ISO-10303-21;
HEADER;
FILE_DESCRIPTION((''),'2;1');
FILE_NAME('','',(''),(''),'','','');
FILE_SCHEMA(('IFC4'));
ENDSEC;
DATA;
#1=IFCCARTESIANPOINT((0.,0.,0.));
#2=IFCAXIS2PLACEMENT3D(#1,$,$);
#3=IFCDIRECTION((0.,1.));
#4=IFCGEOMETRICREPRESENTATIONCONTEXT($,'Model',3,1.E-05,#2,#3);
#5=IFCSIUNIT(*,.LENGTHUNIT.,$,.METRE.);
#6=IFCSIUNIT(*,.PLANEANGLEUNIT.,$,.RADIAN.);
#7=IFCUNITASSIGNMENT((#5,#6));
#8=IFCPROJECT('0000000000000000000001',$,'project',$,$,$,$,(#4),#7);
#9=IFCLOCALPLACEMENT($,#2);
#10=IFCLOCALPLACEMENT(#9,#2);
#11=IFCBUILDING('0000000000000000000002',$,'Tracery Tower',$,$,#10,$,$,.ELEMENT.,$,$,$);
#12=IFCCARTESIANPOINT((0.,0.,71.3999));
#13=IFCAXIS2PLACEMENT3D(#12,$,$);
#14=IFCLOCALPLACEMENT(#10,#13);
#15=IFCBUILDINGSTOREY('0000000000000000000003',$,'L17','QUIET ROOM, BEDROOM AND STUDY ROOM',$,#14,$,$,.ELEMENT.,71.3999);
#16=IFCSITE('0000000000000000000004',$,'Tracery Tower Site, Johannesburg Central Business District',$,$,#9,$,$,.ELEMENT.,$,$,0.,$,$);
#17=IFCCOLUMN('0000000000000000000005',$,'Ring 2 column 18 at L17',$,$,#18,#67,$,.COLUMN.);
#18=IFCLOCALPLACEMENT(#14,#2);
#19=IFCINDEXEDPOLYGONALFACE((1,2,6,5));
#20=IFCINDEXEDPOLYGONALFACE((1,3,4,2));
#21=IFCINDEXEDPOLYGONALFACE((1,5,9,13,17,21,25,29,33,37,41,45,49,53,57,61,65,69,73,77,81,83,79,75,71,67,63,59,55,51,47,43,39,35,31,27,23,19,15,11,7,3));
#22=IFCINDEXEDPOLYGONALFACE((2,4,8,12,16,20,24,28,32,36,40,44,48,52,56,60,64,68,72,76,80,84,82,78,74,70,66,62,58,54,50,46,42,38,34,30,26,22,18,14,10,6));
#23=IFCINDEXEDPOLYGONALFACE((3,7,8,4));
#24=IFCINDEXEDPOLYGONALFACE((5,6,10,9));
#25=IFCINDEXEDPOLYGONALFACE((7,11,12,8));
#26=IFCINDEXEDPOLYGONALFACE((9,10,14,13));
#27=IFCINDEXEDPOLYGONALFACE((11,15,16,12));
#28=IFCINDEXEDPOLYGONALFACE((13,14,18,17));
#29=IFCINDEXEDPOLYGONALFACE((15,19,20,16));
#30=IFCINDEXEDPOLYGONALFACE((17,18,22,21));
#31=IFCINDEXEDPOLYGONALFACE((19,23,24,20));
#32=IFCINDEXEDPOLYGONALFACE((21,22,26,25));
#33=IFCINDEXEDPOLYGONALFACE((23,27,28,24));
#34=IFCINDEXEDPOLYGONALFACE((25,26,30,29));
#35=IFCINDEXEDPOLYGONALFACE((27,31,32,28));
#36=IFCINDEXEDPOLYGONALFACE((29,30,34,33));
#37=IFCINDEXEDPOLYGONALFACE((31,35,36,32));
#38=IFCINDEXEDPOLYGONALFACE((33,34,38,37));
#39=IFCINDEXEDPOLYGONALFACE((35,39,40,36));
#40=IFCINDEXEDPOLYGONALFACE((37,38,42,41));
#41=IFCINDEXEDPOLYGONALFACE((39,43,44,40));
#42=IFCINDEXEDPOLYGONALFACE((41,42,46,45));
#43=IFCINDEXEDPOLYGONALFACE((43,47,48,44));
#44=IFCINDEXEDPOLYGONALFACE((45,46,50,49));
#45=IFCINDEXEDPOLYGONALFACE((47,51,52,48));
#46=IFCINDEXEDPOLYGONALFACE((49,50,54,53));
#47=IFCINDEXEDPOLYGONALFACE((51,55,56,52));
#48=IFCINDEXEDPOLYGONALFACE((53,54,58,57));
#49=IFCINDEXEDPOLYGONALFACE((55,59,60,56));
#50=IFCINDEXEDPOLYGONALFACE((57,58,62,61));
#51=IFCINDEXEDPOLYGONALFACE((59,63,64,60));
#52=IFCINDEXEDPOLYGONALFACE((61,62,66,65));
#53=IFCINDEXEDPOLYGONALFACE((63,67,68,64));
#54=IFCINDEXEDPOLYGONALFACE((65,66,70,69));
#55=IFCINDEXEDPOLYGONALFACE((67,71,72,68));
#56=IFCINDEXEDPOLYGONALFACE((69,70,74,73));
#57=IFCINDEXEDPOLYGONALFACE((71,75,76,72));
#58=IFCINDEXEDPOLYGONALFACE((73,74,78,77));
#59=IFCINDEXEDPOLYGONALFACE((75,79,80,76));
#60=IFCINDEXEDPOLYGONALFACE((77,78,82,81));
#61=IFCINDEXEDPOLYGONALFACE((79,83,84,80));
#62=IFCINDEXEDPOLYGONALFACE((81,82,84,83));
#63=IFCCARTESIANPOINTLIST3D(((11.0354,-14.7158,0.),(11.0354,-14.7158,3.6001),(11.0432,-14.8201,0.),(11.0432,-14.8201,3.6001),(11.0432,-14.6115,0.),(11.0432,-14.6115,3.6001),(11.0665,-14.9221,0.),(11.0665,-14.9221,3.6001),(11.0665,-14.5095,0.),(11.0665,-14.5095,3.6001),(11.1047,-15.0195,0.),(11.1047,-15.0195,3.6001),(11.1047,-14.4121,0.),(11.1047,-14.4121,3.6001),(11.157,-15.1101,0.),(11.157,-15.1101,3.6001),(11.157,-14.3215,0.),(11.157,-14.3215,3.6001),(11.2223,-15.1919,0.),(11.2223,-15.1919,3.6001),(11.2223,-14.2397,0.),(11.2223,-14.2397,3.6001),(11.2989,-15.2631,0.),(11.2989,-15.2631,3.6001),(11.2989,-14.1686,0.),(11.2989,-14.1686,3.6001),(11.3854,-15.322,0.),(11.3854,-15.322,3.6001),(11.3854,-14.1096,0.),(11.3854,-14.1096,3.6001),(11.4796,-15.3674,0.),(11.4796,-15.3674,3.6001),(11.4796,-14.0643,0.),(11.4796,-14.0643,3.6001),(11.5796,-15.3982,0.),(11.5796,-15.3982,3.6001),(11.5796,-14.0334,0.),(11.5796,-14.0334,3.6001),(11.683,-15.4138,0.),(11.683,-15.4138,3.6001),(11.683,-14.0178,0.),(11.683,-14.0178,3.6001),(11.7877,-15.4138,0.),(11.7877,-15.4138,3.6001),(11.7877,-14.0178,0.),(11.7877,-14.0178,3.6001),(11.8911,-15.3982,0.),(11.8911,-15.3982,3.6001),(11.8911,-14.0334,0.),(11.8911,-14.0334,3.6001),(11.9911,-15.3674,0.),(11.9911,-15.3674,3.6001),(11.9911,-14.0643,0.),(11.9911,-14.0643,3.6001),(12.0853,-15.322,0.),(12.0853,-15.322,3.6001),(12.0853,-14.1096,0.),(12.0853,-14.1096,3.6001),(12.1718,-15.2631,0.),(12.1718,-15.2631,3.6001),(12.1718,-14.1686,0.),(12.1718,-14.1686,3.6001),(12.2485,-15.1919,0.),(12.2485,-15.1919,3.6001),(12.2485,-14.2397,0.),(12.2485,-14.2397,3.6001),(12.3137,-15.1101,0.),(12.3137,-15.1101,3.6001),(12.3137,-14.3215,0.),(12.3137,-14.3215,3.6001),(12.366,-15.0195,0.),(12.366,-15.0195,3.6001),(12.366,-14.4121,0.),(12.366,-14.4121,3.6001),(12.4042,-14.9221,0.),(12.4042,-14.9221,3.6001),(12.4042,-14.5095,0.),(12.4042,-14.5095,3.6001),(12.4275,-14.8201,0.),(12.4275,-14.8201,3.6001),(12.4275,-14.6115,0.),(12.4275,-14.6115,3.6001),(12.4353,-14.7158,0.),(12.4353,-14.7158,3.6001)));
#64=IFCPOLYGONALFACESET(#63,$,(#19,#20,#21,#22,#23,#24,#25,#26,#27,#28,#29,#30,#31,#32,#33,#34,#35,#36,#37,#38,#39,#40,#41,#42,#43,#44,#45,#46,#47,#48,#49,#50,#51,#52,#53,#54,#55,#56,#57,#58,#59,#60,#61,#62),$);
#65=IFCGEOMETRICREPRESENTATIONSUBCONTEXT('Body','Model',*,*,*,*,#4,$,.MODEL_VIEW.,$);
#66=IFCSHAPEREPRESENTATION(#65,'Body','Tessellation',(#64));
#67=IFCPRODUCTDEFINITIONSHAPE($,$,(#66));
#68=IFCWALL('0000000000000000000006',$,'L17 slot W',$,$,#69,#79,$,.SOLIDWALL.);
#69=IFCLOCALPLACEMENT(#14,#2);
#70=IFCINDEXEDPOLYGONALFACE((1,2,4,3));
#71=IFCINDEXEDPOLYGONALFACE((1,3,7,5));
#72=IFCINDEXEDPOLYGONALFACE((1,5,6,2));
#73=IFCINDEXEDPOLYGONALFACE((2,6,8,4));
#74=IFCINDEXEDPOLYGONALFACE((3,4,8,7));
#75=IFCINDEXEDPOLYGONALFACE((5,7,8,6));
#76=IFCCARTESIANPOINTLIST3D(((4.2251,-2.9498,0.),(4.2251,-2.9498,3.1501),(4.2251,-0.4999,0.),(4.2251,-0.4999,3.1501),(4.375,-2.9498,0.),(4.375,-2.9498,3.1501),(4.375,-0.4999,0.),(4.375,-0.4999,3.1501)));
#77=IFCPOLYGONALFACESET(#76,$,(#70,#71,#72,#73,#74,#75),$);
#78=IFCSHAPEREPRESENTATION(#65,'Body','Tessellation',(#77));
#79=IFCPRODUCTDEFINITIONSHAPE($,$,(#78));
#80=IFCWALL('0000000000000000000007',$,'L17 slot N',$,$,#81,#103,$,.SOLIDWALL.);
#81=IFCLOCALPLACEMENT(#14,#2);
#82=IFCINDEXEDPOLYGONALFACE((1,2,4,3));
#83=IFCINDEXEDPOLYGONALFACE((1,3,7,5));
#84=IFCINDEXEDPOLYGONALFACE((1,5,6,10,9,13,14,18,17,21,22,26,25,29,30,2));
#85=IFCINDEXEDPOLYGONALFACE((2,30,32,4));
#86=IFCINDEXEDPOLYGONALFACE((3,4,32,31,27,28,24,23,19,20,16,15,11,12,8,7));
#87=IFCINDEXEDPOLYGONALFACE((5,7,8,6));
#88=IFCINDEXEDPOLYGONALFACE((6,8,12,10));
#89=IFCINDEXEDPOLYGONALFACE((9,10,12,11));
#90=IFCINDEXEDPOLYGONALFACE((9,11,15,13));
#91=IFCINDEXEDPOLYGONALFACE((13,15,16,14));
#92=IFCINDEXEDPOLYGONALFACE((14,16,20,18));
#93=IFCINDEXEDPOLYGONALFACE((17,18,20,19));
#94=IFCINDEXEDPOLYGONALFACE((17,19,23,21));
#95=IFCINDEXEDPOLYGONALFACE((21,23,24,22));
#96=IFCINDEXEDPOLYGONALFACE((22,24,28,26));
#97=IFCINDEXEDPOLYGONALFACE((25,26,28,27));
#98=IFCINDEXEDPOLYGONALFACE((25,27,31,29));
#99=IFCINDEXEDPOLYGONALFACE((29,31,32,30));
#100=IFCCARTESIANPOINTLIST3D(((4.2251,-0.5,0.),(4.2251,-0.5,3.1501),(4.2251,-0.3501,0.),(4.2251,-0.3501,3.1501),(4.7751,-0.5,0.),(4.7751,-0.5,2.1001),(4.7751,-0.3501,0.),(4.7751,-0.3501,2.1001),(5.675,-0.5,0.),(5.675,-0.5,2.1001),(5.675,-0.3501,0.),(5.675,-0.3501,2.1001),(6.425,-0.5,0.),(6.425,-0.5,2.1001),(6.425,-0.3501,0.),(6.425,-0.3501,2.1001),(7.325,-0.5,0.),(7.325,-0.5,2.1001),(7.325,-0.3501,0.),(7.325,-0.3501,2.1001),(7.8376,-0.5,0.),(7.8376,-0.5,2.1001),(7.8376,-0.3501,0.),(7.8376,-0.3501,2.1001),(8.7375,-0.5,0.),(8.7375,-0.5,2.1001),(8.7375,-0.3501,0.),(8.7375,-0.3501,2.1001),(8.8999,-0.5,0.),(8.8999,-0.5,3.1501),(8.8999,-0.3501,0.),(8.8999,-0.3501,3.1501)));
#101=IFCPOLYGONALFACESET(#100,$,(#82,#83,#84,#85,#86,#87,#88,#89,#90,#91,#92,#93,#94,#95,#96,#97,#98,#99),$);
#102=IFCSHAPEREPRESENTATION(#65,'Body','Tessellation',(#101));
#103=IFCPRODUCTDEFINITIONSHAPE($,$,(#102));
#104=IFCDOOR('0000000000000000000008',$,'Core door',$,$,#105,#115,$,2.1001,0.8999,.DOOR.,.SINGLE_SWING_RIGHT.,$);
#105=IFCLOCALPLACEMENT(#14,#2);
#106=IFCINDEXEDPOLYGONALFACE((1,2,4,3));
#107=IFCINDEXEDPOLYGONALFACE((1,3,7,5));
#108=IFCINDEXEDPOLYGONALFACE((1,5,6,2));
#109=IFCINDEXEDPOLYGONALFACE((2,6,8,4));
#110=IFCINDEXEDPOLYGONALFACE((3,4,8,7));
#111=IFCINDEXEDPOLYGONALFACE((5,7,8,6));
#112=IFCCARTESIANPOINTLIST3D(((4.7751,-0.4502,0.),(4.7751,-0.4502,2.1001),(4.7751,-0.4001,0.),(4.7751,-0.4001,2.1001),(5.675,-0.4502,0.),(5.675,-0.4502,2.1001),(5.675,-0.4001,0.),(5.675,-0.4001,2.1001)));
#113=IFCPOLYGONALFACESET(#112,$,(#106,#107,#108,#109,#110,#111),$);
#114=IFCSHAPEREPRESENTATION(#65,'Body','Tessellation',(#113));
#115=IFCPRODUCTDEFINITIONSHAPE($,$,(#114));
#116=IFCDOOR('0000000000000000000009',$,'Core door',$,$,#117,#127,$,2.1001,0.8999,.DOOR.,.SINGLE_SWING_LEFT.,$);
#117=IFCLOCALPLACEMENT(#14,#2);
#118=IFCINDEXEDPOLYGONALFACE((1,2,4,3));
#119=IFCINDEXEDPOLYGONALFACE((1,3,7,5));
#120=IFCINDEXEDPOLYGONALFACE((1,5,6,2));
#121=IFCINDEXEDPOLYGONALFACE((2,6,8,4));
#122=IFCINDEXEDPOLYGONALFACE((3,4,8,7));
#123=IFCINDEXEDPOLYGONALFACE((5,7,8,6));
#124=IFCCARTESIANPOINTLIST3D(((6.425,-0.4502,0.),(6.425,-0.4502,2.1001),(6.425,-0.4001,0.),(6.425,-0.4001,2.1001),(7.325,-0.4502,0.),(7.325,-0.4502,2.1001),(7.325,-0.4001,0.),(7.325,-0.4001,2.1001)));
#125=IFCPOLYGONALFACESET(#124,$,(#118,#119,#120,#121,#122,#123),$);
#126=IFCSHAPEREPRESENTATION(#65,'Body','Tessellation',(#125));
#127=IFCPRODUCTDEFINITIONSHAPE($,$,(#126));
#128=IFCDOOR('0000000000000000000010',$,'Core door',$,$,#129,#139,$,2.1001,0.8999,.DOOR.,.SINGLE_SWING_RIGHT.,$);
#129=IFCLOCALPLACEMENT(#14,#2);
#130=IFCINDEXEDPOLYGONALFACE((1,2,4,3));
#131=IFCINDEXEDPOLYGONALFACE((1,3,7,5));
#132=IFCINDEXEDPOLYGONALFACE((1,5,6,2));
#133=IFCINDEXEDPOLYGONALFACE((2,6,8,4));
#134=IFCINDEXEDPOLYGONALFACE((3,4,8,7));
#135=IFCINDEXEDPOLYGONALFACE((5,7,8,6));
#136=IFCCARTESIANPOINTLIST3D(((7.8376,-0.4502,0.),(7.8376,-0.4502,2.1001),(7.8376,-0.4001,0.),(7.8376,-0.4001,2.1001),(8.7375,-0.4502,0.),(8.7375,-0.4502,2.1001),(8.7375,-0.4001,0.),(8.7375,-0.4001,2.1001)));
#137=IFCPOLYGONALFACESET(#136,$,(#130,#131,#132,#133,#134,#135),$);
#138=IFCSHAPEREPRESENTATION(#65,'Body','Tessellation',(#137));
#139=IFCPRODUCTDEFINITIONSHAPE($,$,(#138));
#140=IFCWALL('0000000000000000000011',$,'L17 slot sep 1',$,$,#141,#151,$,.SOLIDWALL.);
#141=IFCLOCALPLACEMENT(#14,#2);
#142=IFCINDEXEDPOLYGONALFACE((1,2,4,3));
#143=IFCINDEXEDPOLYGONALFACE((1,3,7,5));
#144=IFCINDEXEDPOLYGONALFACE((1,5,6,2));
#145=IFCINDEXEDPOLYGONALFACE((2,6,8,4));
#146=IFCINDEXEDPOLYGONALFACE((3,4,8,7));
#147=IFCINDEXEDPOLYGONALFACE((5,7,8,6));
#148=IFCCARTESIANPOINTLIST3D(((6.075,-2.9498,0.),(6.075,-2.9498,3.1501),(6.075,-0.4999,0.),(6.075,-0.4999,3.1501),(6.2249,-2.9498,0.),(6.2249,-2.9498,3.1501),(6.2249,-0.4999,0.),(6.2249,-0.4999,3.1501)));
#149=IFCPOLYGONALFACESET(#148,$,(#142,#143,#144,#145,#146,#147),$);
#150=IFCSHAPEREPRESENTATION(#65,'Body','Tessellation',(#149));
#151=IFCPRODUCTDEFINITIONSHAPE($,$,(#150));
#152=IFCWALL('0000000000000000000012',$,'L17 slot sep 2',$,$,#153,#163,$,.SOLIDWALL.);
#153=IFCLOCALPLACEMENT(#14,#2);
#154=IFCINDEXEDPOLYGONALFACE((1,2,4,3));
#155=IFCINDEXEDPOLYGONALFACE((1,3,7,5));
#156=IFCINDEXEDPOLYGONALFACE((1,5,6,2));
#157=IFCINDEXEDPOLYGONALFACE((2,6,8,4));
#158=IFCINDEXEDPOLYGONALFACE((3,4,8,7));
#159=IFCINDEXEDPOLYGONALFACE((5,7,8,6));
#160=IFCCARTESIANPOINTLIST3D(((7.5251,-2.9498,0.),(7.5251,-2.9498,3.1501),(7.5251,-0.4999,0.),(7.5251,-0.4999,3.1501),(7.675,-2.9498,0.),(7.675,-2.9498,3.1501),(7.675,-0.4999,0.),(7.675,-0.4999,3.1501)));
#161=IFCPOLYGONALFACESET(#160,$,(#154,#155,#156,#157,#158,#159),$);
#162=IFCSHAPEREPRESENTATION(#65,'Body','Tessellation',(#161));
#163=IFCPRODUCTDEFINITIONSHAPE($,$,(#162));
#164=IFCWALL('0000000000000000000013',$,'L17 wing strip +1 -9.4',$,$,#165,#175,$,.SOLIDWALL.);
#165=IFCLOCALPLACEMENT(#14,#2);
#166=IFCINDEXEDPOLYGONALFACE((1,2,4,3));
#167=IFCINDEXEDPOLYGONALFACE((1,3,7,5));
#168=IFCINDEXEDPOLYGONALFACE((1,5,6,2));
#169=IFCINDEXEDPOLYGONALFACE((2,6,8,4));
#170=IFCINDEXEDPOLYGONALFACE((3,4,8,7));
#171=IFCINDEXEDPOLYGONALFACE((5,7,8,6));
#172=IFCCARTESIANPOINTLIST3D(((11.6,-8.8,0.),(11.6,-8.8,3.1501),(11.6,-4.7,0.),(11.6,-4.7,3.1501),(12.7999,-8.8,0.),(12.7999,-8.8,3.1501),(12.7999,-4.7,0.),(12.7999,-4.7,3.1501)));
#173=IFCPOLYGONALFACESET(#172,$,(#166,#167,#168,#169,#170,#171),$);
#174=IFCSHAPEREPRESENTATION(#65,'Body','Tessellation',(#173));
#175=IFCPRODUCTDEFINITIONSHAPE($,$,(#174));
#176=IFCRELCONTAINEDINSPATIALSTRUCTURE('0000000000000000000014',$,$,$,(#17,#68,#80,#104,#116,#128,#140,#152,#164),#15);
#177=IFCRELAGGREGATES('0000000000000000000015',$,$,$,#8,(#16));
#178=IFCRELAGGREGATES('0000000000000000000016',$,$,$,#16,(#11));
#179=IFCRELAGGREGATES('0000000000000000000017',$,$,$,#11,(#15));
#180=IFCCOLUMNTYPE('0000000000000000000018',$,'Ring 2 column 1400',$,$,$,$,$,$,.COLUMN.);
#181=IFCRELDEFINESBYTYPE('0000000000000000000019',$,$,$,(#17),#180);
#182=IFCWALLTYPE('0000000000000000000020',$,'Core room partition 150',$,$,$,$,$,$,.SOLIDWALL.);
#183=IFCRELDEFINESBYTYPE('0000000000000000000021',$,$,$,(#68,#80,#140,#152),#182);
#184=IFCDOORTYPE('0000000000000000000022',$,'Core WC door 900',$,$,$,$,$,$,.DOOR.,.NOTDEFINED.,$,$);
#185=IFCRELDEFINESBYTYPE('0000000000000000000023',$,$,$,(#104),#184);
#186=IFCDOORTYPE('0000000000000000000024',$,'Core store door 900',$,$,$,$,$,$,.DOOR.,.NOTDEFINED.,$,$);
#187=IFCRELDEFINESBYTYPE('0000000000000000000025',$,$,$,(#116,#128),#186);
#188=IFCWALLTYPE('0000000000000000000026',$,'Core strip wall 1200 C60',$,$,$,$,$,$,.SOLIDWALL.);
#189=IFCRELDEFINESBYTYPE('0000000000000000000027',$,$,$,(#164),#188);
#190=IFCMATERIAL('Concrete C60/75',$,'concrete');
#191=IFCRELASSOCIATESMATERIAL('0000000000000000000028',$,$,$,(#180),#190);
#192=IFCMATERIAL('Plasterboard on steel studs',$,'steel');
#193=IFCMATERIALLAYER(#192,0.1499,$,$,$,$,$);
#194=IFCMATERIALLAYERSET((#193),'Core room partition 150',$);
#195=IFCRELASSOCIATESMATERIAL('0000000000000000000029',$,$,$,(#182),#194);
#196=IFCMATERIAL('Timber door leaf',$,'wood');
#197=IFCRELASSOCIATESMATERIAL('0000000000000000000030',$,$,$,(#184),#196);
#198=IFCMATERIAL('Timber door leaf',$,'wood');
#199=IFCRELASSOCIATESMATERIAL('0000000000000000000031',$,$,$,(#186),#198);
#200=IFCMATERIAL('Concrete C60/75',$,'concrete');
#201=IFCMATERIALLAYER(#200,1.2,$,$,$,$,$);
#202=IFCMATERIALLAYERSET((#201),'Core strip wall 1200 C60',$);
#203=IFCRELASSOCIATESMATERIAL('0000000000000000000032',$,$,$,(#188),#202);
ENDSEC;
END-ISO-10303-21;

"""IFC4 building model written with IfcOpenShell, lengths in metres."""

from ifc_helpers import new_model, si_unit, direction, frame, frame_2d, origin, origin_2d, place, context, subcontext, project, spatial, rectangle, circle, extrude, material, layer, layer_set, material_profile, profile_set, type_object, element, fill, save


model = new_model("IFC4")

# Units and contexts
model_context = context("Model", 3, precision=1e-05, world=origin(), true_north=direction((0.0, 1.0)))
body_context = subcontext(model_context, "Body", "Model", "MODEL_VIEW")
ifc_project = project(units=[si_unit("LENGTHUNIT", "METRE"), si_unit("PLANEANGLEUNIT", "RADIAN")], contexts=[model_context])

# Site, building, storey
site_placement = place(None, origin())
site = spatial("IfcSite", under=ifc_project, at=site_placement, Name="Tracery Tower Site, Johannesburg Central Business District", CompositionType="ELEMENT", RefElevation=0.0)
building_placement = place(site_placement, origin())
building = spatial("IfcBuilding", under=site, at=building_placement, Name="Tracery Tower", CompositionType="ELEMENT")
storey_placement = place(building_placement, frame((0.0, 0.0, 71.3999)))
storey = spatial("IfcBuildingStorey", under=building, at=storey_placement, Name="L17", Description="QUIET ROOM, BEDROOM AND STUDY ROOM", CompositionType="ELEMENT", Elevation=71.3999)

# Column
ifc_material_1 = material(Name="Concrete C60/75", Category="concrete")
ifc_material_profile = material_profile(ifc_material_1, circle(Radius=0.7, at=origin_2d()), Name="RC D1400")
ifc_profile_set = profile_set([ifc_material_profile], Name="Concrete C60/75")
column_type = type_object("IfcColumnType", Name="Ring 2 column 1400", PredefinedType="COLUMN", material=ifc_profile_set)
column_placement = place(storey_placement, frame((11.7354, -14.7158, 0.0), z_axis=(0.0, 0.0, 1.0), x_axis=(1.0, 0.0, 0.0)))
element("IfcColumn", 1, at=column_placement, inside=storey, type_object=column_type, Name="Ring 2 column 18 at L17", PredefinedType="COLUMN", context=body_context, shape_type="SweptSolid", body=[
    extrude(circle(Radius=0.7, at=origin_2d()), origin(), (0.0, 0.0, 1.0), 3.6001),
])

# Wall
ifc_material_2 = material(Name="Plasterboard on steel studs", Category="steel")
ifc_layer_1 = layer(ifc_material_2, 0.1499)
ifc_layer_set_1 = layer_set([ifc_layer_1], Name="Core room partition 150")
wall_type_1 = type_object("IfcWallType", Name="Core room partition 150", PredefinedType="SOLIDWALL", material=ifc_layer_set_1)
wall_1_placement = place(storey_placement, frame((4.3, -2.95, 0.0), z_axis=(0.0, 0.0, 1.0), x_axis=(0.0, 1.0, 0.0)))
element("IfcWall", 2, at=wall_1_placement, inside=storey, type_object=wall_type_1, Name="L17 slot W", PredefinedType="SOLIDWALL", context=body_context, shape_type="SweptSolid", body=[
    extrude(rectangle(XDim=2.45, YDim=0.1499, at=frame_2d((1.2251, 0.0))), origin(), (0.0, 0.0, 1.0), 3.1501),
])

# Wall, openings, doors
wall_2_placement = place(storey_placement, frame((4.2251, -0.425, 0.0), z_axis=(0.0, 0.0, 1.0), x_axis=(1.0, 0.0, 0.0)))
wall_2 = element("IfcWall", 3, at=wall_2_placement, inside=storey, type_object=wall_type_1, Name="L17 slot N", PredefinedType="SOLIDWALL", context=body_context, shape_type="SweptSolid", body=[
    extrude(rectangle(XDim=4.6748, YDim=0.1499, at=frame_2d((2.3374, 0.0))), origin(), (0.0, 0.0, 1.0), 3.1501),
])
opening_1_placement = place(wall_2_placement, frame((0.55, 0.0, 0.0)))
opening_1 = element("IfcOpeningElement", 4, at=opening_1_placement, cuts=wall_2, PredefinedType="OPENING", context=body_context, shape_type="SweptSolid", body=[
    extrude(rectangle(XDim=0.8999, YDim=2.1001, at=frame_2d((0.45, 1.05))), frame((0.0, 0.075, 0.0), z_axis=(0.0, -1.0, 0.0), x_axis=(1.0, 0.0, 0.0)), (0.0, 0.0, 1.0), 0.1499),
])
opening_2_placement = place(wall_2_placement, frame((2.2, 0.0, 0.0)))
opening_2 = element("IfcOpeningElement", 5, at=opening_2_placement, cuts=wall_2, PredefinedType="OPENING", context=body_context, shape_type="SweptSolid", body=[
    extrude(rectangle(XDim=0.8999, YDim=2.1001, at=frame_2d((0.45, 1.05))), frame((0.0, 0.075, 0.0), z_axis=(0.0, -1.0, 0.0), x_axis=(1.0, 0.0, 0.0)), (0.0, 0.0, 1.0), 0.1499),
])
opening_3_placement = place(wall_2_placement, frame((3.6125, 0.0, 0.0)))
opening_3 = element("IfcOpeningElement", 6, at=opening_3_placement, cuts=wall_2, PredefinedType="OPENING", context=body_context, shape_type="SweptSolid", body=[
    extrude(rectangle(XDim=0.8999, YDim=2.1001, at=frame_2d((0.45, 1.05))), frame((0.0, 0.075, 0.0), z_axis=(0.0, -1.0, 0.0), x_axis=(1.0, 0.0, 0.0)), (0.0, 0.0, 1.0), 0.1499),
])
ifc_material_3 = material(Name="Timber door leaf", Category="wood")
door_type_1 = type_object("IfcDoorType", Name="Core WC door 900", OperationType="NOTDEFINED", PredefinedType="DOOR", material=ifc_material_3)
door_1_placement = place(opening_1_placement, origin())
door_1 = element("IfcDoor", 7, at=door_1_placement, inside=storey, type_object=door_type_1, Name="Core door", OperationType="SINGLE_SWING_RIGHT", OverallHeight=2.1001, OverallWidth=0.8999, PredefinedType="DOOR", context=body_context, shape_type="SweptSolid", body=[
    extrude(rectangle(XDim=0.8999, YDim=2.1001, at=frame_2d((0.45, 1.05))), frame((0.0, 0.0249, 0.0), z_axis=(0.0, -1.0, 0.0), x_axis=(1.0, 0.0, 0.0)), (0.0, 0.0, 1.0), 0.05),
])
fill(opening_1, door_1)
ifc_material_4 = material(Name="Timber door leaf", Category="wood")
door_type_2 = type_object("IfcDoorType", Name="Core store door 900", OperationType="NOTDEFINED", PredefinedType="DOOR", material=ifc_material_4)
door_2_placement = place(opening_2_placement, origin())
door_2 = element("IfcDoor", 8, at=door_2_placement, inside=storey, type_object=door_type_2, Name="Core door", OperationType="SINGLE_SWING_LEFT", OverallHeight=2.1001, OverallWidth=0.8999, PredefinedType="DOOR", context=body_context, shape_type="SweptSolid", body=[
    extrude(rectangle(XDim=0.8999, YDim=2.1001, at=frame_2d((0.45, 1.05))), frame((0.0, 0.0249, 0.0), z_axis=(0.0, -1.0, 0.0), x_axis=(1.0, 0.0, 0.0)), (0.0, 0.0, 1.0), 0.05),
])
fill(opening_2, door_2)
door_3_placement = place(opening_3_placement, origin())
door_3 = element("IfcDoor", 9, at=door_3_placement, inside=storey, type_object=door_type_2, Name="Core door", OperationType="SINGLE_SWING_RIGHT", OverallHeight=2.1001, OverallWidth=0.8999, PredefinedType="DOOR", context=body_context, shape_type="SweptSolid", body=[
    extrude(rectangle(XDim=0.8999, YDim=2.1001, at=frame_2d((0.45, 1.05))), frame((0.0, 0.0249, 0.0), z_axis=(0.0, -1.0, 0.0), x_axis=(1.0, 0.0, 0.0)), (0.0, 0.0, 1.0), 0.05),
])
fill(opening_3, door_3)

# Walls
for number, where, z_axis, x_axis, name in (
    (10, (6.1499, -2.95, 0.0), (0.0, 0.0, 1.0), (0.0, 1.0, 0.0), "L17 slot sep 1"),
    (11, (7.6001, -2.95, 0.0), (0.0, 0.0, 1.0), (0.0, 1.0, 0.0), "L17 slot sep 2"),
):
    element("IfcWall", number, at=place(storey_placement, frame(where, z_axis=z_axis, x_axis=x_axis)), inside=storey, type_object=wall_type_1, Name=name, PredefinedType="SOLIDWALL", context=body_context, shape_type="SweptSolid", body=[
        extrude(rectangle(XDim=2.45, YDim=0.1499, at=frame_2d((1.2251, 0.0))), origin(), (0.0, 0.0, 1.0), 3.1501),
    ])
ifc_material_5 = material(Name="Concrete C60/75", Category="concrete")
ifc_layer_2 = layer(ifc_material_5, 1.2)
ifc_layer_set_2 = layer_set([ifc_layer_2], Name="Core strip wall 1200 C60")
wall_type_2 = type_object("IfcWallType", Name="Core strip wall 1200 C60", PredefinedType="SOLIDWALL", material=ifc_layer_set_2)
wall_3_placement = place(storey_placement, frame((12.2, -8.8, 0.0), z_axis=(0.0, 0.0, 1.0), x_axis=(0.0, 1.0, 0.0)))
element("IfcWall", 12, at=wall_3_placement, inside=storey, type_object=wall_type_2, Name="L17 wing strip +1 -9.4", PredefinedType="SOLIDWALL", context=body_context, shape_type="SweptSolid", body=[
    extrude(rectangle(XDim=4.1001, YDim=1.2, at=frame_2d((2.05, 0.0))), origin(), (0.0, 0.0, 1.0), 3.1501),
])

save(model, "model.ifc")
